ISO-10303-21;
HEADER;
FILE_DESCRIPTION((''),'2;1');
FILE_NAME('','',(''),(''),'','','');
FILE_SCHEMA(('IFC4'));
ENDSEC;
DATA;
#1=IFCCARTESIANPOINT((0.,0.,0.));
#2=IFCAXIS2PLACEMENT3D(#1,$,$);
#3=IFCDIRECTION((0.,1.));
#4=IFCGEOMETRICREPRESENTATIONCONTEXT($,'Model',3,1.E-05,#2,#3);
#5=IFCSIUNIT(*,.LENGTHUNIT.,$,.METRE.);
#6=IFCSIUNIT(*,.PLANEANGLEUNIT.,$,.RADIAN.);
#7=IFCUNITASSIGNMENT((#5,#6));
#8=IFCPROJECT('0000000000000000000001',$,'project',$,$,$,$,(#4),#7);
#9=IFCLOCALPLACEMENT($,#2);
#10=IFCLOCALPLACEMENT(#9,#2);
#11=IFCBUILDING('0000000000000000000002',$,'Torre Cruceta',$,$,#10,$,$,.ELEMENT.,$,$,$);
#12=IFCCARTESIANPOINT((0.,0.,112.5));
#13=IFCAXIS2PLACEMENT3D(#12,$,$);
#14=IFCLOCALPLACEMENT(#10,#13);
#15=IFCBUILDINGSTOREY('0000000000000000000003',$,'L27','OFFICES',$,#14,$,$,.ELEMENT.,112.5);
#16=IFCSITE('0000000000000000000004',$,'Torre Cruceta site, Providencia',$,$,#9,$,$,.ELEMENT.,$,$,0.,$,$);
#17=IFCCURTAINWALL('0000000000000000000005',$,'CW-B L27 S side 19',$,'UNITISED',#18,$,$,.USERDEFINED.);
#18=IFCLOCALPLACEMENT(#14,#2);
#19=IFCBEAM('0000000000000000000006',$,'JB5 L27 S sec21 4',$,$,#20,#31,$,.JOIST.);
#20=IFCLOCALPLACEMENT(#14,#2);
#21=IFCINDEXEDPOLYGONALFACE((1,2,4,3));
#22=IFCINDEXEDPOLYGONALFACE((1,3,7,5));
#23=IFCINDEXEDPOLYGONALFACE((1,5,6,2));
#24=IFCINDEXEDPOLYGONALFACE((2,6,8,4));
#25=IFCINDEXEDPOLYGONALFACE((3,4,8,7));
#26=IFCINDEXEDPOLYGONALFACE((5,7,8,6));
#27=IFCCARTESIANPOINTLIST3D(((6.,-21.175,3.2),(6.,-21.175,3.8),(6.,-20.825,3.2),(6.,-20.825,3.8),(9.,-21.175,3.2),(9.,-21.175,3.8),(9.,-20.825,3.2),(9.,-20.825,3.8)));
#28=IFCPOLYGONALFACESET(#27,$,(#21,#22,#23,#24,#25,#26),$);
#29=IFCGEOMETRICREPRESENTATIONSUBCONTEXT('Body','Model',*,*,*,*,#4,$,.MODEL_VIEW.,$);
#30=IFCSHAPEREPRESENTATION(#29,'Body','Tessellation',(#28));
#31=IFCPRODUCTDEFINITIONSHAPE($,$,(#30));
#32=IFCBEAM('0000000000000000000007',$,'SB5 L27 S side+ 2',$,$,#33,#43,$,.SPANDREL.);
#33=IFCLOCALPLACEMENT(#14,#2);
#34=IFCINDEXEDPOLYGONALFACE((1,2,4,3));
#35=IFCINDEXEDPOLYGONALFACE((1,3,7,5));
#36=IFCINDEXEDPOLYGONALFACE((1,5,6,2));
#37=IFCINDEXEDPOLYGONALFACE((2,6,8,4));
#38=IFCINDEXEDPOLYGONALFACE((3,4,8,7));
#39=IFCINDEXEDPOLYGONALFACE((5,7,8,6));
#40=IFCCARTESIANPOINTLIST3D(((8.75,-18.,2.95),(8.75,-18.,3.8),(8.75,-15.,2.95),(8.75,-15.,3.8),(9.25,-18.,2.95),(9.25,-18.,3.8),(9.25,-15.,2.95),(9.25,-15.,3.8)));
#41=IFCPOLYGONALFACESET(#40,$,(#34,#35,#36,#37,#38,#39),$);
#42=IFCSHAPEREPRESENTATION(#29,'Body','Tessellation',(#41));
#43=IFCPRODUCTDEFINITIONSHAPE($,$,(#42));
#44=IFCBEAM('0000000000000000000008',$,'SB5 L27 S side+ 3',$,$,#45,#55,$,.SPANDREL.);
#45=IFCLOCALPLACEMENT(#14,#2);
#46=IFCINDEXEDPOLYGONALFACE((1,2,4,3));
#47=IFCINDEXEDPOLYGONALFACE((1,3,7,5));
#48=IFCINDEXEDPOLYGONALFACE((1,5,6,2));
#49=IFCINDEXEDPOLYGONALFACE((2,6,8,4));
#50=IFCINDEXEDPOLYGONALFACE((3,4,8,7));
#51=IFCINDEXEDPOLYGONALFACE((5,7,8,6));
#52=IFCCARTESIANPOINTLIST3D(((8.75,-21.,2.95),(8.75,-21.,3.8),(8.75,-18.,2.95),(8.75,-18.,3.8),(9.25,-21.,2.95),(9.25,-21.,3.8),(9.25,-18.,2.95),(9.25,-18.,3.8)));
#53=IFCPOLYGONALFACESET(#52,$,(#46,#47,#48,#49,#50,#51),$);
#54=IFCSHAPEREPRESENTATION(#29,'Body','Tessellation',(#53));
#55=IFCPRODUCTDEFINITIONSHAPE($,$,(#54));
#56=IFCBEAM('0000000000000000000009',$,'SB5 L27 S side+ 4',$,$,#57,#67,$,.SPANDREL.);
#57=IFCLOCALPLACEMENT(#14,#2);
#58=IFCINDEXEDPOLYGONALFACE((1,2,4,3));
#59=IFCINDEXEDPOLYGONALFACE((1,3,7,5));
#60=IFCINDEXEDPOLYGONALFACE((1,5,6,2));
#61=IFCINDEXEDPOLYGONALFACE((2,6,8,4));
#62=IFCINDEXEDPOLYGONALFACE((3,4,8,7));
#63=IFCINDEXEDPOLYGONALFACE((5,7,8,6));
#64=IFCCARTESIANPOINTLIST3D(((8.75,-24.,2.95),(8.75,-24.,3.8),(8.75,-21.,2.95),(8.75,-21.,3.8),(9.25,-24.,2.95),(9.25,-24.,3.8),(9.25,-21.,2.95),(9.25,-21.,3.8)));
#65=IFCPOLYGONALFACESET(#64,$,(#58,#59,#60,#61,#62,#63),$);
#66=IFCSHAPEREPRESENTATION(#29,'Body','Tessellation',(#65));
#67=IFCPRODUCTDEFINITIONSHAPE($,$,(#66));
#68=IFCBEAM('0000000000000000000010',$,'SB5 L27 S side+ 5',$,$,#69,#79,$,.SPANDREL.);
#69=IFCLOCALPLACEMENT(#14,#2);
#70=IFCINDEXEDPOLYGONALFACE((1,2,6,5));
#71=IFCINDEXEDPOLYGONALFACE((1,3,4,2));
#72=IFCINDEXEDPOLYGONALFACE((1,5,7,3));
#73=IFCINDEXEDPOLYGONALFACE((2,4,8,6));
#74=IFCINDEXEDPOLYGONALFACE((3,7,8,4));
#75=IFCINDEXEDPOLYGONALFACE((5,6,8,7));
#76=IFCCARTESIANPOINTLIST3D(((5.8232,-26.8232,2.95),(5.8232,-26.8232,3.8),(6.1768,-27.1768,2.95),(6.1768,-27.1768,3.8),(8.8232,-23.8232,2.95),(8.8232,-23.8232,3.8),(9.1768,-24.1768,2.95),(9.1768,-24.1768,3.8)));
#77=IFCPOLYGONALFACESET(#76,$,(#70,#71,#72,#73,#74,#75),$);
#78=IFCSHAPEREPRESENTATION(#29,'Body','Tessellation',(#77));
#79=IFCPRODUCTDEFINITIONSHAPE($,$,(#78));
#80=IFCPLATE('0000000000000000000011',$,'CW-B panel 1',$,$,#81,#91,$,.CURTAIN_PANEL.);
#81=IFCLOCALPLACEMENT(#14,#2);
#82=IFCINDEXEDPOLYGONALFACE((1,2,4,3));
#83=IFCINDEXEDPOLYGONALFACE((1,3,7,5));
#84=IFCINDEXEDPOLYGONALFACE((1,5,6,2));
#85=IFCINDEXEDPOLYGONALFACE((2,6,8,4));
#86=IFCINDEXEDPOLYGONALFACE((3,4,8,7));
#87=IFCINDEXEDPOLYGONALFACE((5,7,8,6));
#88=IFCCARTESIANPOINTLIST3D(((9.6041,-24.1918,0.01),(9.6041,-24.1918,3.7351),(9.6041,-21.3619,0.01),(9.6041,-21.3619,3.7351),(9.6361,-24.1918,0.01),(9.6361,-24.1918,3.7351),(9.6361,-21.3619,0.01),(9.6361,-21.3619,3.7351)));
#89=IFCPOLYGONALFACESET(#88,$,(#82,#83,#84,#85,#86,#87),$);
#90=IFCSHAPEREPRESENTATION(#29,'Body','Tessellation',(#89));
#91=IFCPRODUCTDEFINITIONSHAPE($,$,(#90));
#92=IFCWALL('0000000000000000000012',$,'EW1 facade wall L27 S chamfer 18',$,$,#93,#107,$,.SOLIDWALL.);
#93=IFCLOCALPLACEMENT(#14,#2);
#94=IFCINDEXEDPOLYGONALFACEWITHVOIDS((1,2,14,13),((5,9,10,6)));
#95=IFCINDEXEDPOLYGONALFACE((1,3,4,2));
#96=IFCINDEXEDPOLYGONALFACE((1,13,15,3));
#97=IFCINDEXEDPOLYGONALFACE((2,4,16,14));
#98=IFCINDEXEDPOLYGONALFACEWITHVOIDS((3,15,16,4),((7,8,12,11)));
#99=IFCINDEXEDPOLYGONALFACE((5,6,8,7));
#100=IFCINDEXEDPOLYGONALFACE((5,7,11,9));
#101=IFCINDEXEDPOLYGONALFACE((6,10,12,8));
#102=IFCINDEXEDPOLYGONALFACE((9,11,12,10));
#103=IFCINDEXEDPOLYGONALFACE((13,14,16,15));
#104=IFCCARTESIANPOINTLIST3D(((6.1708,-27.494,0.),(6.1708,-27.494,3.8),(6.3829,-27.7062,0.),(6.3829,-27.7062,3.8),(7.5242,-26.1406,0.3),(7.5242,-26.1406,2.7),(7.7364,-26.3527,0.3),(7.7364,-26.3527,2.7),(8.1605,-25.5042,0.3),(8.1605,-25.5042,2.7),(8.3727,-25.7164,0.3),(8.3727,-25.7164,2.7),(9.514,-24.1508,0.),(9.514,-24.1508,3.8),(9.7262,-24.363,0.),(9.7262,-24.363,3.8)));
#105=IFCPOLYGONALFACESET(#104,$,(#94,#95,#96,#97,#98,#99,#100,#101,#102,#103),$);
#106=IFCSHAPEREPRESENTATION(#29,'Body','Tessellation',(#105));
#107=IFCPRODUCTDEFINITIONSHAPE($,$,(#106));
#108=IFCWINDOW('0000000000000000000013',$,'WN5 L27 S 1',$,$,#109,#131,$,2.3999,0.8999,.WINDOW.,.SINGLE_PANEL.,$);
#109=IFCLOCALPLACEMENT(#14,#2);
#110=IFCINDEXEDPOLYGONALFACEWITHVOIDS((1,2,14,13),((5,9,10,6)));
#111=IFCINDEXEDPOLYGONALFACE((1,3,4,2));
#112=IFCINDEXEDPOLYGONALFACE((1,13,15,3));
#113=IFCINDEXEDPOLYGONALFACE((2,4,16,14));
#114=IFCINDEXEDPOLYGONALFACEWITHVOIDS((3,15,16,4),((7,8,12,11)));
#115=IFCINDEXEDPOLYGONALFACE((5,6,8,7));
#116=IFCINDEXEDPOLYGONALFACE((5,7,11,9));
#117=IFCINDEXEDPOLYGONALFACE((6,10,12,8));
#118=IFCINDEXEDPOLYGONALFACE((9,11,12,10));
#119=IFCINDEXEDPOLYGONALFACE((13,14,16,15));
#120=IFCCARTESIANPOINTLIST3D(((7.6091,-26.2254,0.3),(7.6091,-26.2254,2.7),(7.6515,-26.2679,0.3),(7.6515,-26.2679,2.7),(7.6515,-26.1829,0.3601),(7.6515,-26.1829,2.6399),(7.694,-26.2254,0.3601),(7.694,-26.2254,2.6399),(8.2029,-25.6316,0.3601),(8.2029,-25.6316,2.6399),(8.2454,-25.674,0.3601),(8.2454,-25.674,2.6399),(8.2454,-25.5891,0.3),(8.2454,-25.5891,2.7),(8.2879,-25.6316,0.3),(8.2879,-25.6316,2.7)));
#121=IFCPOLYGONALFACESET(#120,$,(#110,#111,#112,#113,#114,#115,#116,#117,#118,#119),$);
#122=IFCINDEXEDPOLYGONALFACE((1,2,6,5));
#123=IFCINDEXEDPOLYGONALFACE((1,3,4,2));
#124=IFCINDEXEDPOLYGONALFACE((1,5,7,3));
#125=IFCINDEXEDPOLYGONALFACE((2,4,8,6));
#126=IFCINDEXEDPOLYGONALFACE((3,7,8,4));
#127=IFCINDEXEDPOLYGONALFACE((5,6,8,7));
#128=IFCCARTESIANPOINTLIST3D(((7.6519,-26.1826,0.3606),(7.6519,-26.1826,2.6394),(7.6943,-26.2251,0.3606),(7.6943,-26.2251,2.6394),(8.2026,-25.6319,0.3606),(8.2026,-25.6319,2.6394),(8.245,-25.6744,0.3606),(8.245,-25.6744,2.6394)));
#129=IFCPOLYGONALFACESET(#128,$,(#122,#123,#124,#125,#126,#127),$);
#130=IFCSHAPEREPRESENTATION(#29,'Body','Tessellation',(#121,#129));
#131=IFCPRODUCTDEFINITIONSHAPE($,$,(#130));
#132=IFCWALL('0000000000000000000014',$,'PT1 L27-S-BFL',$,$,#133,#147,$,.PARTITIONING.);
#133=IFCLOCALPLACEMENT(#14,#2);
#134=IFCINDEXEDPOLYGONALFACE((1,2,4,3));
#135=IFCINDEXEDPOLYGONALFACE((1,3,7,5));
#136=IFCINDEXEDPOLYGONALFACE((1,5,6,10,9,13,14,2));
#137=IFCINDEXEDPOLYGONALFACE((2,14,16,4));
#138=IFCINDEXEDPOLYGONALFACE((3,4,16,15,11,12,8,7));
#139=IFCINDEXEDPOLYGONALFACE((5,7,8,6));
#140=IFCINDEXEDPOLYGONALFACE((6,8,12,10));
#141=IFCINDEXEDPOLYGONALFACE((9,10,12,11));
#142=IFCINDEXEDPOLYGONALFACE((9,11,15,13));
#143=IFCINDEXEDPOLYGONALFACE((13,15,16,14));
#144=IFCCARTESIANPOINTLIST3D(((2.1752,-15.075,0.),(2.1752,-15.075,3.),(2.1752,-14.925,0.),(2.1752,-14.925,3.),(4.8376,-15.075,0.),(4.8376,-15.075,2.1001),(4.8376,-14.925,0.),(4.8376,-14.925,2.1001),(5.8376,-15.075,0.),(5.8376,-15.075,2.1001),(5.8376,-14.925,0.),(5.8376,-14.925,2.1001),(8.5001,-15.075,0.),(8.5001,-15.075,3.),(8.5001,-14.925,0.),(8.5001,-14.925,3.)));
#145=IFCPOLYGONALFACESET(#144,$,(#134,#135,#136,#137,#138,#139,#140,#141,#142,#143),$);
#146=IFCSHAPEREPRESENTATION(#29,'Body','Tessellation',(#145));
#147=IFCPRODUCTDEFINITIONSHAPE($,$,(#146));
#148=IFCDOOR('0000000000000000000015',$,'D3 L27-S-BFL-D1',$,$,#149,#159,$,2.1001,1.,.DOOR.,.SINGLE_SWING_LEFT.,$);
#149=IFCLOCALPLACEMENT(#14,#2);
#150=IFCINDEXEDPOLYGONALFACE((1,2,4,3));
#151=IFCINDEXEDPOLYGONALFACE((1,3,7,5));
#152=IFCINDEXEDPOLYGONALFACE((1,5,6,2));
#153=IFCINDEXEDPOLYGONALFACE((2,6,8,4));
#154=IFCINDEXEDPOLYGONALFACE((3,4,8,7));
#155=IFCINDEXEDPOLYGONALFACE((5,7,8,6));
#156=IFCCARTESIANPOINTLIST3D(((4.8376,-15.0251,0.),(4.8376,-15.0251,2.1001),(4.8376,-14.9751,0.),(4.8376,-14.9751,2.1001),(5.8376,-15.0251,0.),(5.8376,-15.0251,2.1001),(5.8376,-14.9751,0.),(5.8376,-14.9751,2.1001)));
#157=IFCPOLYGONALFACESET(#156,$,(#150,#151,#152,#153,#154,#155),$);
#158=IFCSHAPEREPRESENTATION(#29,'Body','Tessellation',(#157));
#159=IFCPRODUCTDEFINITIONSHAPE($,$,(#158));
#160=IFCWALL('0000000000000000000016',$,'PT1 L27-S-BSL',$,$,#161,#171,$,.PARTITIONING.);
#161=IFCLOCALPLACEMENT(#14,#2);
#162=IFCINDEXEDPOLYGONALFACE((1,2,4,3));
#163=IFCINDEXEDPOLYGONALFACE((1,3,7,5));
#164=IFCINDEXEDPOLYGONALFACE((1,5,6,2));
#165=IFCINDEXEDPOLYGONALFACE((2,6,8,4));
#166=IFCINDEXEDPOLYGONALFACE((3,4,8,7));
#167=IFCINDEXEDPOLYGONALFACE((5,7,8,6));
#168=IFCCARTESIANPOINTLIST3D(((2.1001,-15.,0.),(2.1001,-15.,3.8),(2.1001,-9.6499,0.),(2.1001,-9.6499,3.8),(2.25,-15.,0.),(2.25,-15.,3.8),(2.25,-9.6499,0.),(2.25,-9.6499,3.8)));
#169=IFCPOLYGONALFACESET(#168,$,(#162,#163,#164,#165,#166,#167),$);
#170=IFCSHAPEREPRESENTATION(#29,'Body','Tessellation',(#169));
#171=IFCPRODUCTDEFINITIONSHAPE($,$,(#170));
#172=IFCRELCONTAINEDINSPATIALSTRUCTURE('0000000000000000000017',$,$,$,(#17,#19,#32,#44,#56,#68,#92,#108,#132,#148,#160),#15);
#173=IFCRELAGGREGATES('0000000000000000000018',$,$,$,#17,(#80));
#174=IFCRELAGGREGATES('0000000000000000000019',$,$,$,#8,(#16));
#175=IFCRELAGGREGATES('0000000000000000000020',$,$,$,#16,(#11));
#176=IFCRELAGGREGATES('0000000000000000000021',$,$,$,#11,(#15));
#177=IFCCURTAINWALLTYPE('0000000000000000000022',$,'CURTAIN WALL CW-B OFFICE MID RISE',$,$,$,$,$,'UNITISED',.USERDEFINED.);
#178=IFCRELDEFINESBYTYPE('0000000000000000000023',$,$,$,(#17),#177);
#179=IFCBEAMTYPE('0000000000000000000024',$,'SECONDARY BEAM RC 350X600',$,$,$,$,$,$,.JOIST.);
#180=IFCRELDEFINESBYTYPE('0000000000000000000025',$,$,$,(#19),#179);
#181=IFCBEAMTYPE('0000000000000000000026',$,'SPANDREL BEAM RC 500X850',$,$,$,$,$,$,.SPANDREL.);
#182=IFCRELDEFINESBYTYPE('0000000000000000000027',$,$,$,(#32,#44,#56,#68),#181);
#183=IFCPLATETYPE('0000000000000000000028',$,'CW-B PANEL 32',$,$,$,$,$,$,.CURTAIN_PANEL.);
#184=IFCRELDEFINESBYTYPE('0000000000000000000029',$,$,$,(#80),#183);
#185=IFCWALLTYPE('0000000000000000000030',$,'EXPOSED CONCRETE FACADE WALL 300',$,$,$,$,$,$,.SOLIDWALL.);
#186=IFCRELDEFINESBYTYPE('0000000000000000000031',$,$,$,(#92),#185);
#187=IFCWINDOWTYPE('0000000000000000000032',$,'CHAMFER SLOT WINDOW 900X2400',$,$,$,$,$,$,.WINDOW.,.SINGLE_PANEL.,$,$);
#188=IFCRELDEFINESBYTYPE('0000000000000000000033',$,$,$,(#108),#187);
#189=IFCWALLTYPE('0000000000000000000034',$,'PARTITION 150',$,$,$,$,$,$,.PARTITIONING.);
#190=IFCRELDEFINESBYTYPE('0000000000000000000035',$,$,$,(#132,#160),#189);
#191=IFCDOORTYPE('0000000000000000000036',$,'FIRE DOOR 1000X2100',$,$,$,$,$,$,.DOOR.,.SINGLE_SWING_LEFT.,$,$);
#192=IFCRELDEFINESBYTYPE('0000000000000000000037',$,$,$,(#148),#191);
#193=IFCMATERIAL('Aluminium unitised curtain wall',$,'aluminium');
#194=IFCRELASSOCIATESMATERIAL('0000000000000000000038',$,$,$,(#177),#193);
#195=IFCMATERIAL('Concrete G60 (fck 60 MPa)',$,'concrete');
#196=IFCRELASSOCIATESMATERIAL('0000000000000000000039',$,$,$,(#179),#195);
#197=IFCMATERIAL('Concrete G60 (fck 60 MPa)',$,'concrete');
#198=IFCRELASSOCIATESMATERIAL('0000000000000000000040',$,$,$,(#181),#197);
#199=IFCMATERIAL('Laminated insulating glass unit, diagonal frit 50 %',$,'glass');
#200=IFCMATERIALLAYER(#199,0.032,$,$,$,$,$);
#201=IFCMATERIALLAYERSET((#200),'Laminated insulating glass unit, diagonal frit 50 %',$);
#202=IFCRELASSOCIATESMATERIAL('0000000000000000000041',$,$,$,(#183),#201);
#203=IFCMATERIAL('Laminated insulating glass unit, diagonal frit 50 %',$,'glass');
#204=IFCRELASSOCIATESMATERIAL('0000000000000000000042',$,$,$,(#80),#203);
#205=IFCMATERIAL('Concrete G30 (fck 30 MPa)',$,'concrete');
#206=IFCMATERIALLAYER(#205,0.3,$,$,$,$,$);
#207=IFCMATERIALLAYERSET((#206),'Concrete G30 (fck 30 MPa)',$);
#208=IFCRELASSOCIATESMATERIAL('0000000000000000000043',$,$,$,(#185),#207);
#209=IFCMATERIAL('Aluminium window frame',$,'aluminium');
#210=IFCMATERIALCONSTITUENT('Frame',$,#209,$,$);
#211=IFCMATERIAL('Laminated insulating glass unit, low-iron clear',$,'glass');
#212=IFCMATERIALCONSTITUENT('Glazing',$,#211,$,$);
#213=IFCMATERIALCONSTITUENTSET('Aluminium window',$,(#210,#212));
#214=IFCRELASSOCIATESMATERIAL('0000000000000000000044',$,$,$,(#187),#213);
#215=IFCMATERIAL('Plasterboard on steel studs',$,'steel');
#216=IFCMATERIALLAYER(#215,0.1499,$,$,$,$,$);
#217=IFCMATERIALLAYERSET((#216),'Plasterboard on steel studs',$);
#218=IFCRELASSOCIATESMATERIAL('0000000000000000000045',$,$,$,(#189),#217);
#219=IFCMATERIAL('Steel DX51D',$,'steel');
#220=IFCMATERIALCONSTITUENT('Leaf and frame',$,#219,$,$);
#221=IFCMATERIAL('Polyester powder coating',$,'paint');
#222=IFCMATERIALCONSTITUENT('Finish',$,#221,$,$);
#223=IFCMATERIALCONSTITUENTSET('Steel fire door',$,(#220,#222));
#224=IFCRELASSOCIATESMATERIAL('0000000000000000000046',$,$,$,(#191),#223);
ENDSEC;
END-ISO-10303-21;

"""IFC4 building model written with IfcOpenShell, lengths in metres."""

from ifc_helpers import new_model, si_unit, direction, frame, frame_2d, origin, origin_2d, place, context, subcontext, project, spatial, rectangle, hollow_rectangle, extrude, material, layer, layer_set, constituent, constituent_set, material_profile, profile_set, type_object, element, fill, aggregate, save


model = new_model("IFC4")

# Units and contexts
model_context = context("Model", 3, precision=1e-05, world=origin(), true_north=direction((0.0, 1.0)))
body_context = subcontext(model_context, "Body", "Model", "MODEL_VIEW")
ifc_project = project(units=[si_unit("LENGTHUNIT", "METRE"), si_unit("PLANEANGLEUNIT", "RADIAN")], contexts=[model_context])

# Site, building, storey
site_placement = place(None, origin())
site = spatial("IfcSite", under=ifc_project, at=site_placement, Name="Torre Cruceta site, Providencia", CompositionType="ELEMENT", RefElevation=0.0)
building_placement = place(site_placement, origin())
building = spatial("IfcBuilding", under=site, at=building_placement, Name="Torre Cruceta", CompositionType="ELEMENT")
storey_placement = place(building_placement, frame((0.0, 0.0, 112.5)))
storey = spatial("IfcBuildingStorey", under=building, at=storey_placement, Name="L27", Description="OFFICES", CompositionType="ELEMENT", Elevation=112.5)

# Curtain wall
ifc_material_1 = material(Name="Aluminium unitised curtain wall", Category="aluminium")
curtain_wall_type = type_object("IfcCurtainWallType", Name="CURTAIN WALL CW-B OFFICE MID RISE", ElementType="UNITISED", PredefinedType="USERDEFINED", material=ifc_material_1)
curtain_wall_placement = place(storey_placement, origin())
curtain_wall = element("IfcCurtainWall", 1, at=curtain_wall_placement, inside=storey, type_object=curtain_wall_type, Name="CW-B L27 S side 19", ObjectType="UNITISED", PredefinedType="USERDEFINED")

# Beams
ifc_material_2 = material(Name="Concrete G60 (fck 60 MPa)", Category="concrete")
ifc_material_profile_1 = material_profile(ifc_material_2, rectangle(XDim=0.3501, YDim=0.6001, at=origin_2d()), Name="RC 350X600")
ifc_profile_set_1 = profile_set([ifc_material_profile_1], Name="Concrete G60 (fck 60 MPa)")
beam_type_1 = type_object("IfcBeamType", Name="SECONDARY BEAM RC 350X600", PredefinedType="JOIST", material=ifc_profile_set_1)
beam_1_placement = place(storey_placement, frame((6.0, -21.0, 3.5), z_axis=(1.0, 0.0, 0.0), x_axis=(0.0, 1.0, 0.0)))
element("IfcBeam", 2, at=beam_1_placement, inside=storey, type_object=beam_type_1, Name="JB5 L27 S sec21 4", PredefinedType="JOIST", context=body_context, shape_type="SweptSolid", body=[
    extrude(rectangle(XDim=0.3501, YDim=0.6001, at=origin_2d()), origin(), (0.0, 0.0, 1.0), 3.0),
])
ifc_material_3 = material(Name="Concrete G60 (fck 60 MPa)", Category="concrete")
ifc_material_profile_2 = material_profile(ifc_material_3, rectangle(XDim=0.5, YDim=0.8501, at=origin_2d()), Name="RC 500X850")
ifc_profile_set_2 = profile_set([ifc_material_profile_2], Name="Concrete G60 (fck 60 MPa)")
beam_type_2 = type_object("IfcBeamType", Name="SPANDREL BEAM RC 500X850", PredefinedType="SPANDREL", material=ifc_profile_set_2)
for number, where, z_axis, x_axis, name in (
    (3, (9.0, -15.0, 3.375), (0.0, -1.0, 0.0), (1.0, 0.0, 0.0), "SB5 L27 S side+ 2"),
    (4, (9.0, -18.0, 3.375), (0.0, -1.0, 0.0), (1.0, 0.0, 0.0), "SB5 L27 S side+ 3"),
    (5, (9.0, -21.0, 3.375), (0.0, -1.0, 0.0), (1.0, 0.0, 0.0), "SB5 L27 S side+ 4"),
):
    element("IfcBeam", number, at=place(storey_placement, frame(where, z_axis=z_axis, x_axis=x_axis)), inside=storey, type_object=beam_type_2, Name=name, PredefinedType="SPANDREL", context=body_context, shape_type="SweptSolid", body=[
        extrude(rectangle(XDim=0.5, YDim=0.8501, at=origin_2d()), origin(), (0.0, 0.0, 1.0), 3.0),
    ])
beam_2_placement = place(storey_placement, frame((9.0, -24.0, 3.375), z_axis=(-0.707107, -0.707107, 0.0), x_axis=(0.707107, -0.707107, 0.0)))
element("IfcBeam", 6, at=beam_2_placement, inside=storey, type_object=beam_type_2, Name="SB5 L27 S side+ 5", PredefinedType="SPANDREL", context=body_context, shape_type="SweptSolid", body=[
    extrude(rectangle(XDim=0.5, YDim=0.8501, at=origin_2d()), origin(), (0.0, 0.0, 1.0), 4.2427),
])

# Plate
ifc_material_4 = material(Name="Laminated insulating glass unit, diagonal frit 50 %", Category="glass")
ifc_material_5 = material(Name="Laminated insulating glass unit, diagonal frit 50 %", Category="glass")
ifc_layer_1 = layer(ifc_material_5, 0.032)
ifc_layer_set_1 = layer_set([ifc_layer_1], Name="Laminated insulating glass unit, diagonal frit 50 %")
plate_type = type_object("IfcPlateType", Name="CW-B PANEL 32", PredefinedType="CURTAIN_PANEL", material=ifc_layer_set_1)
plate_placement = place(storey_placement, frame((9.6201, -22.7769, 0.01), z_axis=(0.0, 0.0, 1.0), x_axis=(0.0, 1.0, 0.0)))
plate = element("IfcPlate", 7, at=plate_placement, type_object=plate_type, material=ifc_material_4, Name="CW-B panel 1", PredefinedType="CURTAIN_PANEL", context=body_context, shape_type="SweptSolid", body=[
    extrude(rectangle(XDim=2.8298, YDim=0.032, at=origin_2d()), origin(), (0.0, 0.0, 1.0), 3.7251),
])
aggregate(curtain_wall, [plate])

# Wall, opening, window
ifc_material_6 = material(Name="Concrete G30 (fck 30 MPa)", Category="concrete")
ifc_layer_2 = layer(ifc_material_6, 0.3)
ifc_layer_set_2 = layer_set([ifc_layer_2], Name="Concrete G30 (fck 30 MPa)")
wall_type_1 = type_object("IfcWallType", Name="EXPOSED CONCRETE FACADE WALL 300", PredefinedType="SOLIDWALL", material=ifc_layer_set_2)
wall_1_placement = place(storey_placement, frame((6.2769, -27.6001, 0.0), z_axis=(0.0, 0.0, 1.0), x_axis=(0.707107, 0.707107, 0.0)))
wall_1 = element("IfcWall", 8, at=wall_1_placement, inside=storey, type_object=wall_type_1, Name="EW1 facade wall L27 S chamfer 18", PredefinedType="SOLIDWALL", context=body_context, shape_type="SweptSolid", body=[
    extrude(rectangle(XDim=4.728, YDim=0.3, at=frame_2d((2.364, 0.0))), origin(), (0.0, 0.0, 1.0), 3.8),
])
opening_1_placement = place(wall_1_placement, frame((1.9141, 0.0, 0.3)))
opening_1 = element("IfcOpeningElement", 9, at=opening_1_placement, cuts=wall_1, PredefinedType="OPENING", context=body_context, shape_type="SweptSolid", body=[
    extrude(rectangle(XDim=0.8999, YDim=2.3999, at=frame_2d((0.45, 1.2))), frame((0.0, 0.1599, 0.0), z_axis=(0.0, -1.0, 0.0), x_axis=(1.0, 0.0, 0.0)), (0.0, 0.0, 1.0), 0.3201),
])
ifc_material_7 = material(Name="Aluminium window frame", Category="aluminium")
ifc_constituent_1 = constituent(ifc_material_7, Name="Frame")
ifc_material_8 = material(Name="Laminated insulating glass unit, low-iron clear", Category="glass")
ifc_constituent_2 = constituent(ifc_material_8, Name="Glazing")
ifc_constituent_set_1 = constituent_set(constituents=[ifc_constituent_1, ifc_constituent_2], Name="Aluminium window")
window_type = type_object("IfcWindowType", Name="CHAMFER SLOT WINDOW 900X2400", PartitioningType="SINGLE_PANEL", PredefinedType="WINDOW", material=ifc_constituent_set_1)
window_placement = place(opening_1_placement, origin())
window = element("IfcWindow", 10, at=window_placement, inside=storey, type_object=window_type, Name="WN5 L27 S 1", OverallHeight=2.3999, OverallWidth=0.8999, PartitioningType="SINGLE_PANEL", PredefinedType="WINDOW", context=body_context, shape_type="SweptSolid", body=[
    extrude(hollow_rectangle(XDim=0.8999, YDim=2.3999, WallThickness=0.0601, at=frame_2d((0.45, 1.2))), frame((0.0, 0.03, 0.0), z_axis=(0.0, -1.0, 0.0), x_axis=(1.0, 0.0, 0.0)), (0.0, 0.0, 1.0), 0.0601),
    extrude(rectangle(XDim=0.7788, YDim=2.2788, at=frame_2d((0.45, 1.2))), frame((0.0, 0.03, 0.0), z_axis=(0.0, -1.0, 0.0), x_axis=(1.0, 0.0, 0.0)), (0.0, 0.0, 1.0), 0.0601),
])
fill(opening_1, window)

# Wall, opening, door
ifc_material_9 = material(Name="Plasterboard on steel studs", Category="steel")
ifc_layer_3 = layer(ifc_material_9, 0.1499)
ifc_layer_set_3 = layer_set([ifc_layer_3], Name="Plasterboard on steel studs")
wall_type_2 = type_object("IfcWallType", Name="PARTITION 150", PredefinedType="PARTITIONING", material=ifc_layer_set_3)
wall_2_placement = place(storey_placement, frame((2.175, -15.0, 0.0), z_axis=(0.0, 0.0, 1.0), x_axis=(1.0, 0.0, 0.0)))
wall_2 = element("IfcWall", 11, at=wall_2_placement, inside=storey, type_object=wall_type_2, Name="PT1 L27-S-BFL", PredefinedType="PARTITIONING", context=body_context, shape_type="SweptSolid", body=[
    extrude(rectangle(XDim=6.325, YDim=0.1499, at=frame_2d((3.1626, 0.0))), origin(), (0.0, 0.0, 1.0), 3.0),
])
opening_2_placement = place(wall_2_placement, frame((2.6626, 0.0, 0.0)))
opening_2 = element("IfcOpeningElement", 12, at=opening_2_placement, cuts=wall_2, PredefinedType="OPENING", context=body_context, shape_type="SweptSolid", body=[
    extrude(rectangle(XDim=1.0, YDim=2.1001, at=frame_2d((0.5, 1.05))), frame((0.0, 0.085, 0.0), z_axis=(0.0, -1.0, 0.0), x_axis=(1.0, 0.0, 0.0)), (0.0, 0.0, 1.0), 0.1699),
])
ifc_material_10 = material(Name="Steel DX51D", Category="steel")
ifc_constituent_3 = constituent(ifc_material_10, Name="Leaf and frame")
ifc_material_11 = material(Name="Polyester powder coating", Category="paint")
ifc_constituent_4 = constituent(ifc_material_11, Name="Finish")
ifc_constituent_set_2 = constituent_set(constituents=[ifc_constituent_3, ifc_constituent_4], Name="Steel fire door")
door_type = type_object("IfcDoorType", Name="FIRE DOOR 1000X2100", OperationType="SINGLE_SWING_LEFT", PredefinedType="DOOR", material=ifc_constituent_set_2)
door_placement = place(opening_2_placement, origin())
door = element("IfcDoor", 13, at=door_placement, inside=storey, type_object=door_type, Name="D3 L27-S-BFL-D1", OperationType="SINGLE_SWING_LEFT", OverallHeight=2.1001, OverallWidth=1.0, PredefinedType="DOOR", context=body_context, shape_type="SweptSolid", body=[
    extrude(rectangle(XDim=1.0, YDim=2.1001, at=frame_2d((0.5, 1.05))), frame((0.0, 0.0249, 0.0), z_axis=(0.0, -1.0, 0.0), x_axis=(1.0, 0.0, 0.0)), (0.0, 0.0, 1.0), 0.05),
])
fill(opening_2, door)

# Wall
wall_3_placement = place(storey_placement, frame((2.175, -9.6499, 0.0), z_axis=(0.0, 0.0, 1.0), x_axis=(0.0, -1.0, 0.0)))
element("IfcWall", 14, at=wall_3_placement, inside=storey, type_object=wall_type_2, Name="PT1 L27-S-BSL", PredefinedType="PARTITIONING", context=body_context, shape_type="SweptSolid", body=[
    extrude(rectangle(XDim=5.3501, YDim=0.1499, at=frame_2d((2.675, 0.0))), origin(), (0.0, 0.0, 1.0), 3.8),
])

save(model, "model.ifc")
